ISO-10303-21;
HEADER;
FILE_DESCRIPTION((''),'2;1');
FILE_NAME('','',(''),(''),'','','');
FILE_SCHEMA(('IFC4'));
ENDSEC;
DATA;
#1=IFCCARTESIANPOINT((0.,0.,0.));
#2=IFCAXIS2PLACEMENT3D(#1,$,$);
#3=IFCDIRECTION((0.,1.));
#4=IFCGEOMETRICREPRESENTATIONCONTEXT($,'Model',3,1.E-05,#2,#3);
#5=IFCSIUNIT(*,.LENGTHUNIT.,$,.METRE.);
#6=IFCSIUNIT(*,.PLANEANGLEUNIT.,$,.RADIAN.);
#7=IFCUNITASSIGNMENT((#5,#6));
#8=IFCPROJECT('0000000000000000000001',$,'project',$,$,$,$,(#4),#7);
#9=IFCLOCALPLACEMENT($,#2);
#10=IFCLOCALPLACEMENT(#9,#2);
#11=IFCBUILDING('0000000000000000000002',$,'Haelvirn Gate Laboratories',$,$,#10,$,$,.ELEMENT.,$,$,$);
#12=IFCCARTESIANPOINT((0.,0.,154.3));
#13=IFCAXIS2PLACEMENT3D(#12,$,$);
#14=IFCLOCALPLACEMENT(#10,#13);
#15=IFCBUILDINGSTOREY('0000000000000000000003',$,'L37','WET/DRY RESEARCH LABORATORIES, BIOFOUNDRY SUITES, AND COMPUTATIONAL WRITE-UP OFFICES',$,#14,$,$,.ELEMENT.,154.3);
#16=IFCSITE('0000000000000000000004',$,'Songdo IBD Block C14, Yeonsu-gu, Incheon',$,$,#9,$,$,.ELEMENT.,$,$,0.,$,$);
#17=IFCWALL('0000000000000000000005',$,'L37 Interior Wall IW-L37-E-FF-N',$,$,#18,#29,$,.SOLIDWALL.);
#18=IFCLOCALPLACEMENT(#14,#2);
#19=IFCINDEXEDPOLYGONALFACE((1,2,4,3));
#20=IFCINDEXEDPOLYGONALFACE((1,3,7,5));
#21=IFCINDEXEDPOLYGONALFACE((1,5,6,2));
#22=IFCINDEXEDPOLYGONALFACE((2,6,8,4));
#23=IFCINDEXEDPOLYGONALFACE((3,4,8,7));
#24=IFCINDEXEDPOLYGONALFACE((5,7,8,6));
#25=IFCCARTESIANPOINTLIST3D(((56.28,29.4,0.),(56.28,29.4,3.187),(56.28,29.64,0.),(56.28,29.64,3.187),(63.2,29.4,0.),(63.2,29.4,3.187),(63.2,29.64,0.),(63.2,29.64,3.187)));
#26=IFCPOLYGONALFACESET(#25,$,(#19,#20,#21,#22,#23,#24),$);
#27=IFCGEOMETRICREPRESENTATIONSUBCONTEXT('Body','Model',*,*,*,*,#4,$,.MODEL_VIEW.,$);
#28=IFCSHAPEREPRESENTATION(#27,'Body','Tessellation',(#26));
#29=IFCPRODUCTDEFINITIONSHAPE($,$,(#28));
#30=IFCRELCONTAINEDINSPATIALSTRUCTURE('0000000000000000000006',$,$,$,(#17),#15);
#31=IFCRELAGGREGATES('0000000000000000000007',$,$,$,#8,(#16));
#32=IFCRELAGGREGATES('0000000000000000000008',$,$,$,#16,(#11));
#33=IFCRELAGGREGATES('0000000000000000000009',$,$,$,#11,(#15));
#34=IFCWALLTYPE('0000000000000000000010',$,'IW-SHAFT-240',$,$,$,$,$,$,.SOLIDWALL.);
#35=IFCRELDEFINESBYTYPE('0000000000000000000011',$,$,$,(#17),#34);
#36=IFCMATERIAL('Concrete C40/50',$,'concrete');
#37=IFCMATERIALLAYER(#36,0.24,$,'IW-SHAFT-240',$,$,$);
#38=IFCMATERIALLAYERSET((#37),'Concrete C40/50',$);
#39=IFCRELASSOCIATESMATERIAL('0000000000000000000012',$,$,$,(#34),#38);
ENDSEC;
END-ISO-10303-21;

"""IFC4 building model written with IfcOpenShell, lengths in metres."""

from ifc_helpers import new_model, si_unit, direction, frame, frame_2d, origin, place, context, subcontext, project, spatial, rectangle, extrude, material, layer, layer_set, type_object, element, save


model = new_model("IFC4")

# Units and contexts
model_context = context("Model", 3, precision=1e-05, world=origin(), true_north=direction((0.0, 1.0)))
body_context = subcontext(model_context, "Body", "Model", "MODEL_VIEW")
ifc_project = project(units=[si_unit("LENGTHUNIT", "METRE"), si_unit("PLANEANGLEUNIT", "RADIAN")], contexts=[model_context])

# Site, building, storey
site_placement = place(None, origin())
site = spatial("IfcSite", under=ifc_project, at=site_placement, Name="Songdo IBD Block C14, Yeonsu-gu, Incheon", CompositionType="ELEMENT", RefElevation=0.0)
building_placement = place(site_placement, origin())
building = spatial("IfcBuilding", under=site, at=building_placement, Name="Haelvirn Gate Laboratories", CompositionType="ELEMENT")
storey_placement = place(building_placement, frame((0.0, 0.0, 154.3)))
storey = spatial("IfcBuildingStorey", under=building, at=storey_placement, Name="L37", Description="WET/DRY RESEARCH LABORATORIES, BIOFOUNDRY SUITES, AND COMPUTATIONAL WRITE-UP OFFICES", CompositionType="ELEMENT", Elevation=154.3)

# Shared definitions
ifc_material_1 = material(Name="Concrete C40/50", Category="concrete")

# Shared definitions
ifc_layer_1 = layer(ifc_material_1, 0.24, Name="IW-SHAFT-240")
ifc_layer_set_1 = layer_set([ifc_layer_1], Name="Concrete C40/50")
wall_type_1 = type_object("IfcWallType", Name="IW-SHAFT-240", PredefinedType="SOLIDWALL", material=ifc_layer_set_1)

# Wall
wall_1_placement = place(storey_placement, frame((56.28, 29.52, 0.0), z_axis=(0.0, 0.0, 1.0), x_axis=(1.0, 0.0, 0.0)))
element("IfcWall", 1, at=wall_1_placement, inside=storey, type_object=wall_type_1, Name="L37 Interior Wall IW-L37-E-FF-N", PredefinedType="SOLIDWALL", context=body_context, shape_type="SweptSolid", body=[
    extrude(rectangle(XDim=6.9199, YDim=0.24, at=frame_2d((3.46, 0.0))), origin(), (0.0, 0.0, 1.0), 3.187),
])

save(model, "model.ifc")
